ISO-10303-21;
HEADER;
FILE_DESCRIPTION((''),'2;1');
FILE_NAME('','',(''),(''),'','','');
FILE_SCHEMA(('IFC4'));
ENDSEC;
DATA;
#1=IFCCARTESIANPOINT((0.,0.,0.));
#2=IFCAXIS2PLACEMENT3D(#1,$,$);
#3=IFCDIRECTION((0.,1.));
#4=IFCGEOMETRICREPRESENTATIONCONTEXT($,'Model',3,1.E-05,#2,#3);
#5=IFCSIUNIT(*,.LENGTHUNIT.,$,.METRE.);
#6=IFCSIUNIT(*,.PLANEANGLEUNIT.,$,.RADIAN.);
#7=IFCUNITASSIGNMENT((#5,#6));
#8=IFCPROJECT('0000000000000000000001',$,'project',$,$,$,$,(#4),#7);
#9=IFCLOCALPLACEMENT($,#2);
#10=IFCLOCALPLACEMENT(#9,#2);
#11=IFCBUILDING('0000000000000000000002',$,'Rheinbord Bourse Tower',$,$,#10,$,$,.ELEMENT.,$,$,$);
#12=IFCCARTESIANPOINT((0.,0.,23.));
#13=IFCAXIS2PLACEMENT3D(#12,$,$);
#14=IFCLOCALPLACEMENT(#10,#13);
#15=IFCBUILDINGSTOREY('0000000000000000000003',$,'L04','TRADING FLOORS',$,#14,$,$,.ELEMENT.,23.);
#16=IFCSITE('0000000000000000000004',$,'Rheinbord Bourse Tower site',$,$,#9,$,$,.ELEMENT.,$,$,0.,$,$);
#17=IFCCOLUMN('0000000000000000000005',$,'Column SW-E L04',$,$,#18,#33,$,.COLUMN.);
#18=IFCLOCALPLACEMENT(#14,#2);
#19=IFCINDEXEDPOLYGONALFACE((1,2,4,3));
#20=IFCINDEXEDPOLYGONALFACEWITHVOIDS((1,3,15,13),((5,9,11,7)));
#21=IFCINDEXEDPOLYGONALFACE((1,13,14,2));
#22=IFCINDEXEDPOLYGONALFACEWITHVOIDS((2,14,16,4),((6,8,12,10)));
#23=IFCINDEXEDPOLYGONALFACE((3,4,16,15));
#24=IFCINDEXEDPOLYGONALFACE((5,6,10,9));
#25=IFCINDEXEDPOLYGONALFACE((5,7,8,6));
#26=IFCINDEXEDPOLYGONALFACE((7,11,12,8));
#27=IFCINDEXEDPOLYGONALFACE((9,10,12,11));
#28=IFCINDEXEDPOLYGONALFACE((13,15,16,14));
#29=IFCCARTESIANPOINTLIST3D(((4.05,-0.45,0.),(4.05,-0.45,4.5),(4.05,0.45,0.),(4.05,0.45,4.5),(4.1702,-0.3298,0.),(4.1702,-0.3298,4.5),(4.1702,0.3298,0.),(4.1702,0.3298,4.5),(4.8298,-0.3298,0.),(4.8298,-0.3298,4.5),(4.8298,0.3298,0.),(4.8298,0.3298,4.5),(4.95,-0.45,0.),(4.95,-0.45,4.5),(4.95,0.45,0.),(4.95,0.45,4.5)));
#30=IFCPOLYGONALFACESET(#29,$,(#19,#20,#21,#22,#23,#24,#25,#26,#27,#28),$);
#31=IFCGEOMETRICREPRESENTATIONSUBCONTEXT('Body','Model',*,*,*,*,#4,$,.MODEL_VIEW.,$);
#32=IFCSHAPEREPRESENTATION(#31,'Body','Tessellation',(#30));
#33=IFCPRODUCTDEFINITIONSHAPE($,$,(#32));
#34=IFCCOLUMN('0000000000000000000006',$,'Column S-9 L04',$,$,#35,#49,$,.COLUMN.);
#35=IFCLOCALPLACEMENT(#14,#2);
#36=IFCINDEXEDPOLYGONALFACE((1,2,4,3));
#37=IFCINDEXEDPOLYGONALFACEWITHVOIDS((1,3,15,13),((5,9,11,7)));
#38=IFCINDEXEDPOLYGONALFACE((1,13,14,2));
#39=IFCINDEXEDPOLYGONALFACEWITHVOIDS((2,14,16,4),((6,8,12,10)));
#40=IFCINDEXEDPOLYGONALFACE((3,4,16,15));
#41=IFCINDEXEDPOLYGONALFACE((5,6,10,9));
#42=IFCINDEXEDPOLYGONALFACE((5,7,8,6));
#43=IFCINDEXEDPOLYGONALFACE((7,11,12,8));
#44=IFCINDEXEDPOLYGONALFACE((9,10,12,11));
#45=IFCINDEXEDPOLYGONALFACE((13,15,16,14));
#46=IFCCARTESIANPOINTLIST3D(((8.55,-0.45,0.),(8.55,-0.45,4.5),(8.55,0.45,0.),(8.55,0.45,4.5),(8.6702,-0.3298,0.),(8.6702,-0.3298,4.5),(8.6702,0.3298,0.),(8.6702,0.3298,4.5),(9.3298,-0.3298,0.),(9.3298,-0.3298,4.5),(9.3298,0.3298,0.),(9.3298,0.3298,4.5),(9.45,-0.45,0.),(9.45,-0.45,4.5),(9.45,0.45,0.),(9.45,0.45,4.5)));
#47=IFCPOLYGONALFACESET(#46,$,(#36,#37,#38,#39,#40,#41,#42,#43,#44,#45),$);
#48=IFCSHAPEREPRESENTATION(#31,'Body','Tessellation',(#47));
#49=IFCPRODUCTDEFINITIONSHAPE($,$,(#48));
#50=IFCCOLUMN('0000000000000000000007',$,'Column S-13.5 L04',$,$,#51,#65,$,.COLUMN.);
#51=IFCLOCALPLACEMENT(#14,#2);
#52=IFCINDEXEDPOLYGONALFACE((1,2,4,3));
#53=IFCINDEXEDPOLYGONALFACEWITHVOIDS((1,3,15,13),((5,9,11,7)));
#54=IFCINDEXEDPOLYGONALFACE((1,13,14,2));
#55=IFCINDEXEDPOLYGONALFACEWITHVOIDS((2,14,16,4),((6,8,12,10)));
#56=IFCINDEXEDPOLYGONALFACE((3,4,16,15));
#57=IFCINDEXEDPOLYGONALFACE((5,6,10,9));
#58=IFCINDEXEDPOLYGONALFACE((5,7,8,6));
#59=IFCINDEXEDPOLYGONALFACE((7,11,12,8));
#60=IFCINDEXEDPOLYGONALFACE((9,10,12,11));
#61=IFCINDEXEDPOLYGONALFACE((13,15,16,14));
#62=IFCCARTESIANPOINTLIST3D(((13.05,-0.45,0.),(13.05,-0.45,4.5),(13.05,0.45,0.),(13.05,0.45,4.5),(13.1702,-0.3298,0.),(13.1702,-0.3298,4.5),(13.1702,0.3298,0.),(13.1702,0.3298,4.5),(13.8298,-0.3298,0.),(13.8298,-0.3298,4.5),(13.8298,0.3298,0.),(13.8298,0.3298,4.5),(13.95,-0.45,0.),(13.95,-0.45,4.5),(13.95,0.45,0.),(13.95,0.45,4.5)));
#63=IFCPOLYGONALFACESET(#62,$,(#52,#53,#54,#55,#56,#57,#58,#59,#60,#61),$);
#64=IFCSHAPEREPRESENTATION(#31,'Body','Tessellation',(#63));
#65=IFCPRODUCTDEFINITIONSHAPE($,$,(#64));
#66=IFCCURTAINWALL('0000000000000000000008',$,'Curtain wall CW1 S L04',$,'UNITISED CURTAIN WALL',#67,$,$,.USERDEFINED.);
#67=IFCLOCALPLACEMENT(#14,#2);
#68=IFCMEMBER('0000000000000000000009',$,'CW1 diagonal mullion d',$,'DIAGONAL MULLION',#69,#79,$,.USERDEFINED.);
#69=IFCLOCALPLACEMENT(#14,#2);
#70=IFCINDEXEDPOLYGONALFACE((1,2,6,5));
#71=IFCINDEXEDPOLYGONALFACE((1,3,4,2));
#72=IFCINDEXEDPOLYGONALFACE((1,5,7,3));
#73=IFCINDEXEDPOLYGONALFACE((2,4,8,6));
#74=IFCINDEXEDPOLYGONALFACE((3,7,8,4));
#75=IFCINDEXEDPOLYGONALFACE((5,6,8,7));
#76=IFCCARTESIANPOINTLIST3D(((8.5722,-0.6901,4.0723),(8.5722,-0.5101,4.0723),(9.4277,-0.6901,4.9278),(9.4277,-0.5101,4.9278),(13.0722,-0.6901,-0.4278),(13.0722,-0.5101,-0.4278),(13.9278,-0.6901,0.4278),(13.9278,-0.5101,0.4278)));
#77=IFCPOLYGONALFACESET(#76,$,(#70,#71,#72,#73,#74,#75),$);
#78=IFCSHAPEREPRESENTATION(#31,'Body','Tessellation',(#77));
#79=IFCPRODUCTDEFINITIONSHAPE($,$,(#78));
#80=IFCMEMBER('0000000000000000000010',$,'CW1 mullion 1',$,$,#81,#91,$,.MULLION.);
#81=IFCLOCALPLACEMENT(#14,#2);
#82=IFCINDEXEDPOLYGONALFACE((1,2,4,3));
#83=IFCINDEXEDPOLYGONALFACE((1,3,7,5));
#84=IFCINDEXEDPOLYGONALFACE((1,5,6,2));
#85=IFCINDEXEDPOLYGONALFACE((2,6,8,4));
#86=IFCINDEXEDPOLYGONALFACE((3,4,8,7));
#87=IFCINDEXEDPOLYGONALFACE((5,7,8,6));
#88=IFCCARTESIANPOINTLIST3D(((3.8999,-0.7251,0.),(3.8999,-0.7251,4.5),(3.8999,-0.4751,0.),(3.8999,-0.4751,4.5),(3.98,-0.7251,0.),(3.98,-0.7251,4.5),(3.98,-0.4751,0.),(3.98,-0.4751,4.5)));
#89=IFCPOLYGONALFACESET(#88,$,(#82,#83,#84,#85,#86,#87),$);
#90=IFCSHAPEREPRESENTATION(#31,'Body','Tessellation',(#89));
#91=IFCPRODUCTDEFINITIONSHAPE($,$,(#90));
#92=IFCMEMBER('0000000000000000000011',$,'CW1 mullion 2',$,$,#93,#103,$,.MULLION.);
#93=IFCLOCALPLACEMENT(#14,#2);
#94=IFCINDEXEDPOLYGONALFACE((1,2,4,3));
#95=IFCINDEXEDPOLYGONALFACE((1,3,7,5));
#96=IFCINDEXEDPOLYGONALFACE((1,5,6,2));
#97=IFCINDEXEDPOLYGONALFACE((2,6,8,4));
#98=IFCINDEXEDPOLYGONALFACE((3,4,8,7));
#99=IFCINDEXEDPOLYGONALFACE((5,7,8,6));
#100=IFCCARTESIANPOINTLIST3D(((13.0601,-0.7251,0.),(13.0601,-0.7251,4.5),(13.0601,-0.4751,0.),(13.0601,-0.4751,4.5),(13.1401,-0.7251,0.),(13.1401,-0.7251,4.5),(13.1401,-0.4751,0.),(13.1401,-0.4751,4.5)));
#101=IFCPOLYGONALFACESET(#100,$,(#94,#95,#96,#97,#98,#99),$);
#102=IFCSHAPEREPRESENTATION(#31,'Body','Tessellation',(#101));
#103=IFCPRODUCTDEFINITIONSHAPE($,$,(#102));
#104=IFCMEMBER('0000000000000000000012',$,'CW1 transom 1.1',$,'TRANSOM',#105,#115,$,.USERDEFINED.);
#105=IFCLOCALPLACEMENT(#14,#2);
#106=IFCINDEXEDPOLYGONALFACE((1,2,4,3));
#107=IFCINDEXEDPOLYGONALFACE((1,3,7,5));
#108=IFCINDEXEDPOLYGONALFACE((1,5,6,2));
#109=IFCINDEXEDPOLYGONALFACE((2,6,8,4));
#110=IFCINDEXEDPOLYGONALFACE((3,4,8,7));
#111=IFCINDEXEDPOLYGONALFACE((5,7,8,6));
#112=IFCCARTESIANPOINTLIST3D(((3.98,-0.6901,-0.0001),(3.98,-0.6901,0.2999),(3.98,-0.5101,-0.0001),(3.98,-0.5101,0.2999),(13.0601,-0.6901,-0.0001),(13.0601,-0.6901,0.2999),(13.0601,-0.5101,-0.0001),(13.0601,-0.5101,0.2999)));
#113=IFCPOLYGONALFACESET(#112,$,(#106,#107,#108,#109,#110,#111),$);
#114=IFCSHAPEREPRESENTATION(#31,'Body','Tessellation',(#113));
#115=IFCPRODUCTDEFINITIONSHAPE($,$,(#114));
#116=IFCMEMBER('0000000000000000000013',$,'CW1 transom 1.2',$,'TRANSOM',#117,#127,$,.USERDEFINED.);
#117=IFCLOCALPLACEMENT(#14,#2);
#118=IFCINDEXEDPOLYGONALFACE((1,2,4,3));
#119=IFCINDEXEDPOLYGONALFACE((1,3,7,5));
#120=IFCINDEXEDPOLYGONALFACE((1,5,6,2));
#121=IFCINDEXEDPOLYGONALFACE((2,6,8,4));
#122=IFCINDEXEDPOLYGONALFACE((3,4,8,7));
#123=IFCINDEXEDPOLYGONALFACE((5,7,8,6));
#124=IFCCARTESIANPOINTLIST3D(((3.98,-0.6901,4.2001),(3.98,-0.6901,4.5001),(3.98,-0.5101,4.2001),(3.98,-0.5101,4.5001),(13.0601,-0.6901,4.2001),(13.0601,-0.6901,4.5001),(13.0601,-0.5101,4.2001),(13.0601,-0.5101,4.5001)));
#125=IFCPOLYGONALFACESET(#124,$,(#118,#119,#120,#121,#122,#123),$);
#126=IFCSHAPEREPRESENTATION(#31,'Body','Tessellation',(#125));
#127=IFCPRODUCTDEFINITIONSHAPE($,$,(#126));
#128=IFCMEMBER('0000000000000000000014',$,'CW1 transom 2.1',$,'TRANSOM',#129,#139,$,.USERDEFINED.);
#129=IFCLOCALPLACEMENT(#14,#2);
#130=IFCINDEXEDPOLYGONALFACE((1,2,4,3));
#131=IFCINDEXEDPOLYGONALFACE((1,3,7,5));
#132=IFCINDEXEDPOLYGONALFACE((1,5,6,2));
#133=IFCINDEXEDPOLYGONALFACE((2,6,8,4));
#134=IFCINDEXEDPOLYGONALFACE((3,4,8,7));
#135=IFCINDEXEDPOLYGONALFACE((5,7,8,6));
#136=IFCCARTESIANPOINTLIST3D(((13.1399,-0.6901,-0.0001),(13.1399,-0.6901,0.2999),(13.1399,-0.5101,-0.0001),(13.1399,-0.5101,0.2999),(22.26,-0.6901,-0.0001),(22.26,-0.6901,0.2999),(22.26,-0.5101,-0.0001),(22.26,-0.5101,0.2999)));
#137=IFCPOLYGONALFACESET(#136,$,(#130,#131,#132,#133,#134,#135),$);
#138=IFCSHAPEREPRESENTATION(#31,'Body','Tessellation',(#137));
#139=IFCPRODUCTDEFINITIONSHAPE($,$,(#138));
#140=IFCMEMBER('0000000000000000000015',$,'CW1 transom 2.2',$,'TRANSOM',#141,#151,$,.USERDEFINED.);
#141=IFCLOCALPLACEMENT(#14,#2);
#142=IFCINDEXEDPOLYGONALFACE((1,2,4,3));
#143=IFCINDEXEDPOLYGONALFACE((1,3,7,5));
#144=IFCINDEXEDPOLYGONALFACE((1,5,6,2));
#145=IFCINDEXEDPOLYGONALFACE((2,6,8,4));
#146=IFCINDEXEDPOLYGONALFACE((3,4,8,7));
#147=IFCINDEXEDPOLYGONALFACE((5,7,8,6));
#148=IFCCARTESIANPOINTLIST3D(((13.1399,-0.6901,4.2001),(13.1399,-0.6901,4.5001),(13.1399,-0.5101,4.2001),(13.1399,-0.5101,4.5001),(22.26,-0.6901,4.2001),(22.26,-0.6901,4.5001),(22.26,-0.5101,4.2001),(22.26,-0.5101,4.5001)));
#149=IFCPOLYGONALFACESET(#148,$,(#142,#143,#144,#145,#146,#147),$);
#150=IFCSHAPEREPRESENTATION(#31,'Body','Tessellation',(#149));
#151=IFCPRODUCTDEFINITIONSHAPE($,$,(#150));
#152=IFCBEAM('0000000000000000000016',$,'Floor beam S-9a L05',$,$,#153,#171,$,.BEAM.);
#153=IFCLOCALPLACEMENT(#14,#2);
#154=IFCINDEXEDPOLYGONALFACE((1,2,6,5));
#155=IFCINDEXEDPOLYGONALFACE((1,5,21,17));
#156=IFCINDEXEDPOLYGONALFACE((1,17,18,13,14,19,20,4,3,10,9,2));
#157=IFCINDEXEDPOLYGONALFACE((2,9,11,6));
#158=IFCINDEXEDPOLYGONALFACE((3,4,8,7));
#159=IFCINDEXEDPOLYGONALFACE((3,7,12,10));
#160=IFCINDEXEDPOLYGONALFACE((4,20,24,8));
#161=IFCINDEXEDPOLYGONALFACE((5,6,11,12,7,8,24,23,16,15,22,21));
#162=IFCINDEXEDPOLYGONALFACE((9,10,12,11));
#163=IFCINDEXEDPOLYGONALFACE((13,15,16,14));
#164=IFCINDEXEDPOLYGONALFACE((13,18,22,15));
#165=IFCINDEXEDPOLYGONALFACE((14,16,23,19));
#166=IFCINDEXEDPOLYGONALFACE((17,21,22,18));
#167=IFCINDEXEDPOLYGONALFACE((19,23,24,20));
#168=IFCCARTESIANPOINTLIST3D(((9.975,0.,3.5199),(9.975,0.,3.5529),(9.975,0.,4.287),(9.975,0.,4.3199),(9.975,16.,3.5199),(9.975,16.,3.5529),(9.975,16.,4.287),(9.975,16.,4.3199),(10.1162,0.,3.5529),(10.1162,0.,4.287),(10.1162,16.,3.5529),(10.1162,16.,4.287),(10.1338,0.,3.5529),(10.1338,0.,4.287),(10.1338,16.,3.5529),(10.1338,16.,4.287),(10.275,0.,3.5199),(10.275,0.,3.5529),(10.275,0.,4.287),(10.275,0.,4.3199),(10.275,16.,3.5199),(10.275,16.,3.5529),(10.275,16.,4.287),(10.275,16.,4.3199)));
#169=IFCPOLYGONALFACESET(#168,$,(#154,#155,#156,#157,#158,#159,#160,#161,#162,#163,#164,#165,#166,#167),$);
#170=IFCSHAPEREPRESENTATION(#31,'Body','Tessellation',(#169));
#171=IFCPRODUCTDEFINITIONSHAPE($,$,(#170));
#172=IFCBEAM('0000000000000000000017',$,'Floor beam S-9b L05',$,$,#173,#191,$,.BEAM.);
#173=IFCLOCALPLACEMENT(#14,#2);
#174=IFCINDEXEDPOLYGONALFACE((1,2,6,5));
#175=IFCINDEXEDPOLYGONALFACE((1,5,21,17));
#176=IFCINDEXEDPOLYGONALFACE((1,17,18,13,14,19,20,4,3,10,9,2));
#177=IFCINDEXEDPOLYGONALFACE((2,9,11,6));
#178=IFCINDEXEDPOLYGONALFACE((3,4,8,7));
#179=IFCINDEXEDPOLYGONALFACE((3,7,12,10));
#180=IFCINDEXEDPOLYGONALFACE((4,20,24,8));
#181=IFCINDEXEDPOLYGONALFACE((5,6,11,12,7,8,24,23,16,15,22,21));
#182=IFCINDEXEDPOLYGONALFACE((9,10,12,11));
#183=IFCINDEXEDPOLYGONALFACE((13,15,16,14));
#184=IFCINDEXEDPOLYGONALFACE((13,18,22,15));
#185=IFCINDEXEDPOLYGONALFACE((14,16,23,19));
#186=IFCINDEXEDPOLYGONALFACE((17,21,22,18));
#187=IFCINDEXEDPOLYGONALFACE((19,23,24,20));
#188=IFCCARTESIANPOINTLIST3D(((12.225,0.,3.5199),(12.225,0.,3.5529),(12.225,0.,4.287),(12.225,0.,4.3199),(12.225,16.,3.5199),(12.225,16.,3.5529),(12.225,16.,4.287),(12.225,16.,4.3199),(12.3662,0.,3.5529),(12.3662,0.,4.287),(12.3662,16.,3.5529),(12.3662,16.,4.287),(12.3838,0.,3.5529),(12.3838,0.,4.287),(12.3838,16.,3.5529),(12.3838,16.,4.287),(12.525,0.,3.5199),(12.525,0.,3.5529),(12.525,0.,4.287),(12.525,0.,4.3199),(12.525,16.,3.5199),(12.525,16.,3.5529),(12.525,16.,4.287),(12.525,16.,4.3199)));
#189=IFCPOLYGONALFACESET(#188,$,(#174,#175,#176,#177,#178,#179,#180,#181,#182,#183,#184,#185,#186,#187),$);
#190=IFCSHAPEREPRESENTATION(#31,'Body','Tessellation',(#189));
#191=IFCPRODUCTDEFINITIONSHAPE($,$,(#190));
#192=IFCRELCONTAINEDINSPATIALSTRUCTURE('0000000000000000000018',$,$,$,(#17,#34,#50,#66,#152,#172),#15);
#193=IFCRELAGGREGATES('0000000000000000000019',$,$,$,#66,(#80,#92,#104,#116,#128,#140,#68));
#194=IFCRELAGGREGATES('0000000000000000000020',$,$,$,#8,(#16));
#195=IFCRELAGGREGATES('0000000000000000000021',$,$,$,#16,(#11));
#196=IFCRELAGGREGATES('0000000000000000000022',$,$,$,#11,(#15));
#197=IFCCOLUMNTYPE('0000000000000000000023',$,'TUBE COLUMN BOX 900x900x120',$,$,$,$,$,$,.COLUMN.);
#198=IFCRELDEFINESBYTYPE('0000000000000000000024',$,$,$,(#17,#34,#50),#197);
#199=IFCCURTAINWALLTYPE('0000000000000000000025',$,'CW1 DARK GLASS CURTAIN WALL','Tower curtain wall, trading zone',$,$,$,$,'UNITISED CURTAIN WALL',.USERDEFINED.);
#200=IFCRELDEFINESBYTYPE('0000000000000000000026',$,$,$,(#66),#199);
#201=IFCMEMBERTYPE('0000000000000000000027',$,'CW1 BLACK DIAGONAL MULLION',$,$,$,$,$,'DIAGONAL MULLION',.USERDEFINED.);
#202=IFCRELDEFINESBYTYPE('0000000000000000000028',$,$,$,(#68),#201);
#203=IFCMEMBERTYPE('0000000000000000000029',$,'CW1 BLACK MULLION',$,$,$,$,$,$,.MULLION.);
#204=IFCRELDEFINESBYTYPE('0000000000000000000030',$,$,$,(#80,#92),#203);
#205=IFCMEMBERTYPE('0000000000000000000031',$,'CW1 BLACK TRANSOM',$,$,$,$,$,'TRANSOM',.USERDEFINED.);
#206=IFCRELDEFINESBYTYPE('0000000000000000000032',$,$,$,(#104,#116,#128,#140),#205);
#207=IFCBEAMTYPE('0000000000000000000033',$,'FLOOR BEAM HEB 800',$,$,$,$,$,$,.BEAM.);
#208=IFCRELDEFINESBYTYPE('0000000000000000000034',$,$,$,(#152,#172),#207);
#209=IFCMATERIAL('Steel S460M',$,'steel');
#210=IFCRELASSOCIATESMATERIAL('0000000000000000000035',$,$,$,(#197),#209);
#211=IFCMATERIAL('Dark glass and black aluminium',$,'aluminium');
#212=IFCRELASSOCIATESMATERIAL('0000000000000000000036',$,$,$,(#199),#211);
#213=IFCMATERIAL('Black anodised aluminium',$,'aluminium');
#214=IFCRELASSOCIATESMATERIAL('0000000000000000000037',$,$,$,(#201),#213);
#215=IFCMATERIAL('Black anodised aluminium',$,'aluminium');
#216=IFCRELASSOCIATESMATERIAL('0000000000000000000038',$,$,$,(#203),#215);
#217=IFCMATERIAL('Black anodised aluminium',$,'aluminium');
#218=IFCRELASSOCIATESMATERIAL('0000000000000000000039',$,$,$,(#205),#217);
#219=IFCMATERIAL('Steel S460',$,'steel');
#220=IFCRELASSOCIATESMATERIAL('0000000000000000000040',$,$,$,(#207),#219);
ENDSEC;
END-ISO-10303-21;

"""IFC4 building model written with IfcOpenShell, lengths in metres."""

from ifc_helpers import new_model, si_unit, direction, frame, origin, origin_2d, place, context, subcontext, project, spatial, rectangle, hollow_rectangle, i_section, extrude, material, material_profile, profile_set, type_object, element, aggregate, save


model = new_model("IFC4")

# Units and contexts
model_context = context("Model", 3, precision=1e-05, world=origin(), true_north=direction((0.0, 1.0)))
body_context = subcontext(model_context, "Body", "Model", "MODEL_VIEW")
ifc_project = project(units=[si_unit("LENGTHUNIT", "METRE"), si_unit("PLANEANGLEUNIT", "RADIAN")], contexts=[model_context])

# Site, building, storey
site_placement = place(None, origin())
site = spatial("IfcSite", under=ifc_project, at=site_placement, Name="Rheinbord Bourse Tower site", CompositionType="ELEMENT", RefElevation=0.0)
building_placement = place(site_placement, origin())
building = spatial("IfcBuilding", under=site, at=building_placement, Name="Rheinbord Bourse Tower", CompositionType="ELEMENT")
storey_placement = place(building_placement, frame((0.0, 0.0, 23.0)))
storey = spatial("IfcBuildingStorey", under=building, at=storey_placement, Name="L04", Description="TRADING FLOORS", CompositionType="ELEMENT", Elevation=23.0)

# Columns
ifc_material_1 = material(Name="Steel S460M", Category="steel")
ifc_material_profile_1 = material_profile(ifc_material_1, hollow_rectangle(XDim=0.8999, YDim=0.8999, WallThickness=0.1201, at=origin_2d()), Name="BOX 900x900x120")
ifc_profile_set_1 = profile_set([ifc_material_profile_1], Name="Steel S460M")
column_type = type_object("IfcColumnType", Name="TUBE COLUMN BOX 900x900x120", PredefinedType="COLUMN", material=ifc_profile_set_1)
for number, where, z_axis, x_axis, name in (
    (1, (4.5, 0.0, 0.0), (0.0, 0.0, 1.0), (0.0, 1.0, 0.0), "Column SW-E L04"),
    (2, (9.0, 0.0, 0.0), (0.0, 0.0, 1.0), (0.0, 1.0, 0.0), "Column S-9 L04"),
    (3, (13.5, 0.0, 0.0), (0.0, 0.0, 1.0), (0.0, 1.0, 0.0), "Column S-13.5 L04"),
):
    element("IfcColumn", number, at=place(storey_placement, frame(where, z_axis=z_axis, x_axis=x_axis)), inside=storey, type_object=column_type, Name=name, PredefinedType="COLUMN", context=body_context, shape_type="SweptSolid", body=[
        extrude(hollow_rectangle(XDim=0.8999, YDim=0.8999, WallThickness=0.1201, at=origin_2d()), origin(), (0.0, 0.0, 1.0), 4.5),
    ])

# Curtain wall, members
ifc_material_2 = material(Name="Dark glass and black aluminium", Category="aluminium")
curtain_wall_type = type_object("IfcCurtainWallType", Name="CW1 DARK GLASS CURTAIN WALL", Description="Tower curtain wall, trading zone", ElementType="UNITISED CURTAIN WALL", PredefinedType="USERDEFINED", material=ifc_material_2)
curtain_wall_placement = place(storey_placement, origin())
curtain_wall = element("IfcCurtainWall", 4, at=curtain_wall_placement, inside=storey, type_object=curtain_wall_type, Name="Curtain wall CW1 S L04", ObjectType="UNITISED CURTAIN WALL", PredefinedType="USERDEFINED")
ifc_material_3 = material(Name="Black anodised aluminium", Category="aluminium")
ifc_material_profile_2 = material_profile(ifc_material_3, rectangle(XDim=0.1799, YDim=1.21, at=origin_2d()), Name="CW1 DIAGONAL MULLION 1210x180")
ifc_profile_set_2 = profile_set([ifc_material_profile_2], Name="Black anodised aluminium")
member_type_1 = type_object("IfcMemberType", Name="CW1 BLACK DIAGONAL MULLION", ElementType="DIAGONAL MULLION", PredefinedType="USERDEFINED", material=ifc_profile_set_2)
member_1_placement = place(storey_placement, frame((13.5, -0.6001, 0.0), z_axis=(-0.707107, 0.0, 0.707107), x_axis=(0.0, -1.0, 0.0)))
member_1 = element("IfcMember", 5, at=member_1_placement, type_object=member_type_1, Name="CW1 diagonal mullion d", ObjectType="DIAGONAL MULLION", PredefinedType="USERDEFINED", context=body_context, shape_type="SweptSolid", body=[
    extrude(rectangle(XDim=0.1799, YDim=1.21, at=origin_2d()), origin(), (0.0, 0.0, 1.0), 6.364),
])
ifc_material_4 = material(Name="Black anodised aluminium", Category="aluminium")
ifc_material_profile_3 = material_profile(ifc_material_4, rectangle(XDim=0.25, YDim=0.0801, at=origin_2d()), Name="CW1 MULLION 80x250")
ifc_profile_set_3 = profile_set([ifc_material_profile_3], Name="Black anodised aluminium")
member_type_2 = type_object("IfcMemberType", Name="CW1 BLACK MULLION", PredefinedType="MULLION", material=ifc_profile_set_3)
member_2_placement = place(storey_placement, frame((3.9399, -0.6001, 0.0), z_axis=(0.0, 0.0, 1.0), x_axis=(0.0, 1.0, 0.0)))
member_2 = element("IfcMember", 6, at=member_2_placement, type_object=member_type_2, Name="CW1 mullion 1", PredefinedType="MULLION", context=body_context, shape_type="SweptSolid", body=[
    extrude(rectangle(XDim=0.25, YDim=0.0801, at=origin_2d()), origin(), (0.0, 0.0, 1.0), 4.5),
])
member_3_placement = place(storey_placement, frame((13.1001, -0.6001, 0.0), z_axis=(0.0, 0.0, 1.0), x_axis=(0.0, 1.0, 0.0)))
member_3 = element("IfcMember", 7, at=member_3_placement, type_object=member_type_2, Name="CW1 mullion 2", PredefinedType="MULLION", context=body_context, shape_type="SweptSolid", body=[
    extrude(rectangle(XDim=0.25, YDim=0.0801, at=origin_2d()), origin(), (0.0, 0.0, 1.0), 4.5),
])
ifc_material_5 = material(Name="Black anodised aluminium", Category="aluminium")
ifc_material_profile_4 = material_profile(ifc_material_5, rectangle(XDim=0.1799, YDim=0.3, at=origin_2d()), Name="CW1 TRANSOM 300x180")
ifc_profile_set_4 = profile_set([ifc_material_profile_4], Name="Black anodised aluminium")
member_type_3 = type_object("IfcMemberType", Name="CW1 BLACK TRANSOM", ElementType="TRANSOM", PredefinedType="USERDEFINED", material=ifc_profile_set_4)
member_4_placement = place(storey_placement, frame((3.98, -0.6001, 0.1499), z_axis=(1.0, 0.0, 0.0), x_axis=(0.0, 1.0, 0.0)))
member_4 = element("IfcMember", 8, at=member_4_placement, type_object=member_type_3, Name="CW1 transom 1.1", ObjectType="TRANSOM", PredefinedType="USERDEFINED", context=body_context, shape_type="SweptSolid", body=[
    extrude(rectangle(XDim=0.1799, YDim=0.3, at=origin_2d()), origin(), (0.0, 0.0, 1.0), 9.0801),
])
member_5_placement = place(storey_placement, frame((3.98, -0.6001, 4.3501), z_axis=(1.0, 0.0, 0.0), x_axis=(0.0, 1.0, 0.0)))
member_5 = element("IfcMember", 9, at=member_5_placement, type_object=member_type_3, Name="CW1 transom 1.2", ObjectType="TRANSOM", PredefinedType="USERDEFINED", context=body_context, shape_type="SweptSolid", body=[
    extrude(rectangle(XDim=0.1799, YDim=0.3, at=origin_2d()), origin(), (0.0, 0.0, 1.0), 9.0801),
])
member_6_placement = place(storey_placement, frame((13.1399, -0.6001, 0.1499), z_axis=(1.0, 0.0, 0.0), x_axis=(0.0, 1.0, 0.0)))
member_6 = element("IfcMember", 10, at=member_6_placement, type_object=member_type_3, Name="CW1 transom 2.1", ObjectType="TRANSOM", PredefinedType="USERDEFINED", context=body_context, shape_type="SweptSolid", body=[
    extrude(rectangle(XDim=0.1799, YDim=0.3, at=origin_2d()), origin(), (0.0, 0.0, 1.0), 9.1201),
])
member_7_placement = place(storey_placement, frame((13.1399, -0.6001, 4.3501), z_axis=(1.0, 0.0, 0.0), x_axis=(0.0, 1.0, 0.0)))
member_7 = element("IfcMember", 11, at=member_7_placement, type_object=member_type_3, Name="CW1 transom 2.2", ObjectType="TRANSOM", PredefinedType="USERDEFINED", context=body_context, shape_type="SweptSolid", body=[
    extrude(rectangle(XDim=0.1799, YDim=0.3, at=origin_2d()), origin(), (0.0, 0.0, 1.0), 9.1201),
])

# Beams
ifc_material_6 = material(Name="Steel S460", Category="steel")
ifc_material_profile_5 = material_profile(ifc_material_6, i_section(OverallWidth=0.3, OverallDepth=0.8, WebThickness=0.0176, FlangeThickness=0.033, at=origin_2d()), Name="HEB 800")
ifc_profile_set_5 = profile_set([ifc_material_profile_5], Name="Steel S460")
beam_type_1 = type_object("IfcBeamType", Name="FLOOR BEAM HEB 800", PredefinedType="BEAM", material=ifc_profile_set_5)
for number, where, z_axis, x_axis, name in (
    (12, (10.125, 0.0, 3.9199), (0.0, 1.0, 0.0), (-1.0, 0.0, 0.0), "Floor beam S-9a L05"),
    (13, (12.375, 0.0, 3.9199), (0.0, 1.0, 0.0), (-1.0, 0.0, 0.0), "Floor beam S-9b L05"),
):
    element("IfcBeam", number, at=place(storey_placement, frame(where, z_axis=z_axis, x_axis=x_axis)), inside=storey, type_object=beam_type_1, Name=name, PredefinedType="BEAM", context=body_context, shape_type="SweptSolid", body=[
        extrude(i_section(OverallWidth=0.3, OverallDepth=0.8, WebThickness=0.0176, FlangeThickness=0.033, at=origin_2d()), origin(), (0.0, 0.0, 1.0), 16.0),
    ])

aggregate(curtain_wall, [member_2, member_3, member_4, member_5, member_6, member_7, member_1])

save(model, "model.ifc")
